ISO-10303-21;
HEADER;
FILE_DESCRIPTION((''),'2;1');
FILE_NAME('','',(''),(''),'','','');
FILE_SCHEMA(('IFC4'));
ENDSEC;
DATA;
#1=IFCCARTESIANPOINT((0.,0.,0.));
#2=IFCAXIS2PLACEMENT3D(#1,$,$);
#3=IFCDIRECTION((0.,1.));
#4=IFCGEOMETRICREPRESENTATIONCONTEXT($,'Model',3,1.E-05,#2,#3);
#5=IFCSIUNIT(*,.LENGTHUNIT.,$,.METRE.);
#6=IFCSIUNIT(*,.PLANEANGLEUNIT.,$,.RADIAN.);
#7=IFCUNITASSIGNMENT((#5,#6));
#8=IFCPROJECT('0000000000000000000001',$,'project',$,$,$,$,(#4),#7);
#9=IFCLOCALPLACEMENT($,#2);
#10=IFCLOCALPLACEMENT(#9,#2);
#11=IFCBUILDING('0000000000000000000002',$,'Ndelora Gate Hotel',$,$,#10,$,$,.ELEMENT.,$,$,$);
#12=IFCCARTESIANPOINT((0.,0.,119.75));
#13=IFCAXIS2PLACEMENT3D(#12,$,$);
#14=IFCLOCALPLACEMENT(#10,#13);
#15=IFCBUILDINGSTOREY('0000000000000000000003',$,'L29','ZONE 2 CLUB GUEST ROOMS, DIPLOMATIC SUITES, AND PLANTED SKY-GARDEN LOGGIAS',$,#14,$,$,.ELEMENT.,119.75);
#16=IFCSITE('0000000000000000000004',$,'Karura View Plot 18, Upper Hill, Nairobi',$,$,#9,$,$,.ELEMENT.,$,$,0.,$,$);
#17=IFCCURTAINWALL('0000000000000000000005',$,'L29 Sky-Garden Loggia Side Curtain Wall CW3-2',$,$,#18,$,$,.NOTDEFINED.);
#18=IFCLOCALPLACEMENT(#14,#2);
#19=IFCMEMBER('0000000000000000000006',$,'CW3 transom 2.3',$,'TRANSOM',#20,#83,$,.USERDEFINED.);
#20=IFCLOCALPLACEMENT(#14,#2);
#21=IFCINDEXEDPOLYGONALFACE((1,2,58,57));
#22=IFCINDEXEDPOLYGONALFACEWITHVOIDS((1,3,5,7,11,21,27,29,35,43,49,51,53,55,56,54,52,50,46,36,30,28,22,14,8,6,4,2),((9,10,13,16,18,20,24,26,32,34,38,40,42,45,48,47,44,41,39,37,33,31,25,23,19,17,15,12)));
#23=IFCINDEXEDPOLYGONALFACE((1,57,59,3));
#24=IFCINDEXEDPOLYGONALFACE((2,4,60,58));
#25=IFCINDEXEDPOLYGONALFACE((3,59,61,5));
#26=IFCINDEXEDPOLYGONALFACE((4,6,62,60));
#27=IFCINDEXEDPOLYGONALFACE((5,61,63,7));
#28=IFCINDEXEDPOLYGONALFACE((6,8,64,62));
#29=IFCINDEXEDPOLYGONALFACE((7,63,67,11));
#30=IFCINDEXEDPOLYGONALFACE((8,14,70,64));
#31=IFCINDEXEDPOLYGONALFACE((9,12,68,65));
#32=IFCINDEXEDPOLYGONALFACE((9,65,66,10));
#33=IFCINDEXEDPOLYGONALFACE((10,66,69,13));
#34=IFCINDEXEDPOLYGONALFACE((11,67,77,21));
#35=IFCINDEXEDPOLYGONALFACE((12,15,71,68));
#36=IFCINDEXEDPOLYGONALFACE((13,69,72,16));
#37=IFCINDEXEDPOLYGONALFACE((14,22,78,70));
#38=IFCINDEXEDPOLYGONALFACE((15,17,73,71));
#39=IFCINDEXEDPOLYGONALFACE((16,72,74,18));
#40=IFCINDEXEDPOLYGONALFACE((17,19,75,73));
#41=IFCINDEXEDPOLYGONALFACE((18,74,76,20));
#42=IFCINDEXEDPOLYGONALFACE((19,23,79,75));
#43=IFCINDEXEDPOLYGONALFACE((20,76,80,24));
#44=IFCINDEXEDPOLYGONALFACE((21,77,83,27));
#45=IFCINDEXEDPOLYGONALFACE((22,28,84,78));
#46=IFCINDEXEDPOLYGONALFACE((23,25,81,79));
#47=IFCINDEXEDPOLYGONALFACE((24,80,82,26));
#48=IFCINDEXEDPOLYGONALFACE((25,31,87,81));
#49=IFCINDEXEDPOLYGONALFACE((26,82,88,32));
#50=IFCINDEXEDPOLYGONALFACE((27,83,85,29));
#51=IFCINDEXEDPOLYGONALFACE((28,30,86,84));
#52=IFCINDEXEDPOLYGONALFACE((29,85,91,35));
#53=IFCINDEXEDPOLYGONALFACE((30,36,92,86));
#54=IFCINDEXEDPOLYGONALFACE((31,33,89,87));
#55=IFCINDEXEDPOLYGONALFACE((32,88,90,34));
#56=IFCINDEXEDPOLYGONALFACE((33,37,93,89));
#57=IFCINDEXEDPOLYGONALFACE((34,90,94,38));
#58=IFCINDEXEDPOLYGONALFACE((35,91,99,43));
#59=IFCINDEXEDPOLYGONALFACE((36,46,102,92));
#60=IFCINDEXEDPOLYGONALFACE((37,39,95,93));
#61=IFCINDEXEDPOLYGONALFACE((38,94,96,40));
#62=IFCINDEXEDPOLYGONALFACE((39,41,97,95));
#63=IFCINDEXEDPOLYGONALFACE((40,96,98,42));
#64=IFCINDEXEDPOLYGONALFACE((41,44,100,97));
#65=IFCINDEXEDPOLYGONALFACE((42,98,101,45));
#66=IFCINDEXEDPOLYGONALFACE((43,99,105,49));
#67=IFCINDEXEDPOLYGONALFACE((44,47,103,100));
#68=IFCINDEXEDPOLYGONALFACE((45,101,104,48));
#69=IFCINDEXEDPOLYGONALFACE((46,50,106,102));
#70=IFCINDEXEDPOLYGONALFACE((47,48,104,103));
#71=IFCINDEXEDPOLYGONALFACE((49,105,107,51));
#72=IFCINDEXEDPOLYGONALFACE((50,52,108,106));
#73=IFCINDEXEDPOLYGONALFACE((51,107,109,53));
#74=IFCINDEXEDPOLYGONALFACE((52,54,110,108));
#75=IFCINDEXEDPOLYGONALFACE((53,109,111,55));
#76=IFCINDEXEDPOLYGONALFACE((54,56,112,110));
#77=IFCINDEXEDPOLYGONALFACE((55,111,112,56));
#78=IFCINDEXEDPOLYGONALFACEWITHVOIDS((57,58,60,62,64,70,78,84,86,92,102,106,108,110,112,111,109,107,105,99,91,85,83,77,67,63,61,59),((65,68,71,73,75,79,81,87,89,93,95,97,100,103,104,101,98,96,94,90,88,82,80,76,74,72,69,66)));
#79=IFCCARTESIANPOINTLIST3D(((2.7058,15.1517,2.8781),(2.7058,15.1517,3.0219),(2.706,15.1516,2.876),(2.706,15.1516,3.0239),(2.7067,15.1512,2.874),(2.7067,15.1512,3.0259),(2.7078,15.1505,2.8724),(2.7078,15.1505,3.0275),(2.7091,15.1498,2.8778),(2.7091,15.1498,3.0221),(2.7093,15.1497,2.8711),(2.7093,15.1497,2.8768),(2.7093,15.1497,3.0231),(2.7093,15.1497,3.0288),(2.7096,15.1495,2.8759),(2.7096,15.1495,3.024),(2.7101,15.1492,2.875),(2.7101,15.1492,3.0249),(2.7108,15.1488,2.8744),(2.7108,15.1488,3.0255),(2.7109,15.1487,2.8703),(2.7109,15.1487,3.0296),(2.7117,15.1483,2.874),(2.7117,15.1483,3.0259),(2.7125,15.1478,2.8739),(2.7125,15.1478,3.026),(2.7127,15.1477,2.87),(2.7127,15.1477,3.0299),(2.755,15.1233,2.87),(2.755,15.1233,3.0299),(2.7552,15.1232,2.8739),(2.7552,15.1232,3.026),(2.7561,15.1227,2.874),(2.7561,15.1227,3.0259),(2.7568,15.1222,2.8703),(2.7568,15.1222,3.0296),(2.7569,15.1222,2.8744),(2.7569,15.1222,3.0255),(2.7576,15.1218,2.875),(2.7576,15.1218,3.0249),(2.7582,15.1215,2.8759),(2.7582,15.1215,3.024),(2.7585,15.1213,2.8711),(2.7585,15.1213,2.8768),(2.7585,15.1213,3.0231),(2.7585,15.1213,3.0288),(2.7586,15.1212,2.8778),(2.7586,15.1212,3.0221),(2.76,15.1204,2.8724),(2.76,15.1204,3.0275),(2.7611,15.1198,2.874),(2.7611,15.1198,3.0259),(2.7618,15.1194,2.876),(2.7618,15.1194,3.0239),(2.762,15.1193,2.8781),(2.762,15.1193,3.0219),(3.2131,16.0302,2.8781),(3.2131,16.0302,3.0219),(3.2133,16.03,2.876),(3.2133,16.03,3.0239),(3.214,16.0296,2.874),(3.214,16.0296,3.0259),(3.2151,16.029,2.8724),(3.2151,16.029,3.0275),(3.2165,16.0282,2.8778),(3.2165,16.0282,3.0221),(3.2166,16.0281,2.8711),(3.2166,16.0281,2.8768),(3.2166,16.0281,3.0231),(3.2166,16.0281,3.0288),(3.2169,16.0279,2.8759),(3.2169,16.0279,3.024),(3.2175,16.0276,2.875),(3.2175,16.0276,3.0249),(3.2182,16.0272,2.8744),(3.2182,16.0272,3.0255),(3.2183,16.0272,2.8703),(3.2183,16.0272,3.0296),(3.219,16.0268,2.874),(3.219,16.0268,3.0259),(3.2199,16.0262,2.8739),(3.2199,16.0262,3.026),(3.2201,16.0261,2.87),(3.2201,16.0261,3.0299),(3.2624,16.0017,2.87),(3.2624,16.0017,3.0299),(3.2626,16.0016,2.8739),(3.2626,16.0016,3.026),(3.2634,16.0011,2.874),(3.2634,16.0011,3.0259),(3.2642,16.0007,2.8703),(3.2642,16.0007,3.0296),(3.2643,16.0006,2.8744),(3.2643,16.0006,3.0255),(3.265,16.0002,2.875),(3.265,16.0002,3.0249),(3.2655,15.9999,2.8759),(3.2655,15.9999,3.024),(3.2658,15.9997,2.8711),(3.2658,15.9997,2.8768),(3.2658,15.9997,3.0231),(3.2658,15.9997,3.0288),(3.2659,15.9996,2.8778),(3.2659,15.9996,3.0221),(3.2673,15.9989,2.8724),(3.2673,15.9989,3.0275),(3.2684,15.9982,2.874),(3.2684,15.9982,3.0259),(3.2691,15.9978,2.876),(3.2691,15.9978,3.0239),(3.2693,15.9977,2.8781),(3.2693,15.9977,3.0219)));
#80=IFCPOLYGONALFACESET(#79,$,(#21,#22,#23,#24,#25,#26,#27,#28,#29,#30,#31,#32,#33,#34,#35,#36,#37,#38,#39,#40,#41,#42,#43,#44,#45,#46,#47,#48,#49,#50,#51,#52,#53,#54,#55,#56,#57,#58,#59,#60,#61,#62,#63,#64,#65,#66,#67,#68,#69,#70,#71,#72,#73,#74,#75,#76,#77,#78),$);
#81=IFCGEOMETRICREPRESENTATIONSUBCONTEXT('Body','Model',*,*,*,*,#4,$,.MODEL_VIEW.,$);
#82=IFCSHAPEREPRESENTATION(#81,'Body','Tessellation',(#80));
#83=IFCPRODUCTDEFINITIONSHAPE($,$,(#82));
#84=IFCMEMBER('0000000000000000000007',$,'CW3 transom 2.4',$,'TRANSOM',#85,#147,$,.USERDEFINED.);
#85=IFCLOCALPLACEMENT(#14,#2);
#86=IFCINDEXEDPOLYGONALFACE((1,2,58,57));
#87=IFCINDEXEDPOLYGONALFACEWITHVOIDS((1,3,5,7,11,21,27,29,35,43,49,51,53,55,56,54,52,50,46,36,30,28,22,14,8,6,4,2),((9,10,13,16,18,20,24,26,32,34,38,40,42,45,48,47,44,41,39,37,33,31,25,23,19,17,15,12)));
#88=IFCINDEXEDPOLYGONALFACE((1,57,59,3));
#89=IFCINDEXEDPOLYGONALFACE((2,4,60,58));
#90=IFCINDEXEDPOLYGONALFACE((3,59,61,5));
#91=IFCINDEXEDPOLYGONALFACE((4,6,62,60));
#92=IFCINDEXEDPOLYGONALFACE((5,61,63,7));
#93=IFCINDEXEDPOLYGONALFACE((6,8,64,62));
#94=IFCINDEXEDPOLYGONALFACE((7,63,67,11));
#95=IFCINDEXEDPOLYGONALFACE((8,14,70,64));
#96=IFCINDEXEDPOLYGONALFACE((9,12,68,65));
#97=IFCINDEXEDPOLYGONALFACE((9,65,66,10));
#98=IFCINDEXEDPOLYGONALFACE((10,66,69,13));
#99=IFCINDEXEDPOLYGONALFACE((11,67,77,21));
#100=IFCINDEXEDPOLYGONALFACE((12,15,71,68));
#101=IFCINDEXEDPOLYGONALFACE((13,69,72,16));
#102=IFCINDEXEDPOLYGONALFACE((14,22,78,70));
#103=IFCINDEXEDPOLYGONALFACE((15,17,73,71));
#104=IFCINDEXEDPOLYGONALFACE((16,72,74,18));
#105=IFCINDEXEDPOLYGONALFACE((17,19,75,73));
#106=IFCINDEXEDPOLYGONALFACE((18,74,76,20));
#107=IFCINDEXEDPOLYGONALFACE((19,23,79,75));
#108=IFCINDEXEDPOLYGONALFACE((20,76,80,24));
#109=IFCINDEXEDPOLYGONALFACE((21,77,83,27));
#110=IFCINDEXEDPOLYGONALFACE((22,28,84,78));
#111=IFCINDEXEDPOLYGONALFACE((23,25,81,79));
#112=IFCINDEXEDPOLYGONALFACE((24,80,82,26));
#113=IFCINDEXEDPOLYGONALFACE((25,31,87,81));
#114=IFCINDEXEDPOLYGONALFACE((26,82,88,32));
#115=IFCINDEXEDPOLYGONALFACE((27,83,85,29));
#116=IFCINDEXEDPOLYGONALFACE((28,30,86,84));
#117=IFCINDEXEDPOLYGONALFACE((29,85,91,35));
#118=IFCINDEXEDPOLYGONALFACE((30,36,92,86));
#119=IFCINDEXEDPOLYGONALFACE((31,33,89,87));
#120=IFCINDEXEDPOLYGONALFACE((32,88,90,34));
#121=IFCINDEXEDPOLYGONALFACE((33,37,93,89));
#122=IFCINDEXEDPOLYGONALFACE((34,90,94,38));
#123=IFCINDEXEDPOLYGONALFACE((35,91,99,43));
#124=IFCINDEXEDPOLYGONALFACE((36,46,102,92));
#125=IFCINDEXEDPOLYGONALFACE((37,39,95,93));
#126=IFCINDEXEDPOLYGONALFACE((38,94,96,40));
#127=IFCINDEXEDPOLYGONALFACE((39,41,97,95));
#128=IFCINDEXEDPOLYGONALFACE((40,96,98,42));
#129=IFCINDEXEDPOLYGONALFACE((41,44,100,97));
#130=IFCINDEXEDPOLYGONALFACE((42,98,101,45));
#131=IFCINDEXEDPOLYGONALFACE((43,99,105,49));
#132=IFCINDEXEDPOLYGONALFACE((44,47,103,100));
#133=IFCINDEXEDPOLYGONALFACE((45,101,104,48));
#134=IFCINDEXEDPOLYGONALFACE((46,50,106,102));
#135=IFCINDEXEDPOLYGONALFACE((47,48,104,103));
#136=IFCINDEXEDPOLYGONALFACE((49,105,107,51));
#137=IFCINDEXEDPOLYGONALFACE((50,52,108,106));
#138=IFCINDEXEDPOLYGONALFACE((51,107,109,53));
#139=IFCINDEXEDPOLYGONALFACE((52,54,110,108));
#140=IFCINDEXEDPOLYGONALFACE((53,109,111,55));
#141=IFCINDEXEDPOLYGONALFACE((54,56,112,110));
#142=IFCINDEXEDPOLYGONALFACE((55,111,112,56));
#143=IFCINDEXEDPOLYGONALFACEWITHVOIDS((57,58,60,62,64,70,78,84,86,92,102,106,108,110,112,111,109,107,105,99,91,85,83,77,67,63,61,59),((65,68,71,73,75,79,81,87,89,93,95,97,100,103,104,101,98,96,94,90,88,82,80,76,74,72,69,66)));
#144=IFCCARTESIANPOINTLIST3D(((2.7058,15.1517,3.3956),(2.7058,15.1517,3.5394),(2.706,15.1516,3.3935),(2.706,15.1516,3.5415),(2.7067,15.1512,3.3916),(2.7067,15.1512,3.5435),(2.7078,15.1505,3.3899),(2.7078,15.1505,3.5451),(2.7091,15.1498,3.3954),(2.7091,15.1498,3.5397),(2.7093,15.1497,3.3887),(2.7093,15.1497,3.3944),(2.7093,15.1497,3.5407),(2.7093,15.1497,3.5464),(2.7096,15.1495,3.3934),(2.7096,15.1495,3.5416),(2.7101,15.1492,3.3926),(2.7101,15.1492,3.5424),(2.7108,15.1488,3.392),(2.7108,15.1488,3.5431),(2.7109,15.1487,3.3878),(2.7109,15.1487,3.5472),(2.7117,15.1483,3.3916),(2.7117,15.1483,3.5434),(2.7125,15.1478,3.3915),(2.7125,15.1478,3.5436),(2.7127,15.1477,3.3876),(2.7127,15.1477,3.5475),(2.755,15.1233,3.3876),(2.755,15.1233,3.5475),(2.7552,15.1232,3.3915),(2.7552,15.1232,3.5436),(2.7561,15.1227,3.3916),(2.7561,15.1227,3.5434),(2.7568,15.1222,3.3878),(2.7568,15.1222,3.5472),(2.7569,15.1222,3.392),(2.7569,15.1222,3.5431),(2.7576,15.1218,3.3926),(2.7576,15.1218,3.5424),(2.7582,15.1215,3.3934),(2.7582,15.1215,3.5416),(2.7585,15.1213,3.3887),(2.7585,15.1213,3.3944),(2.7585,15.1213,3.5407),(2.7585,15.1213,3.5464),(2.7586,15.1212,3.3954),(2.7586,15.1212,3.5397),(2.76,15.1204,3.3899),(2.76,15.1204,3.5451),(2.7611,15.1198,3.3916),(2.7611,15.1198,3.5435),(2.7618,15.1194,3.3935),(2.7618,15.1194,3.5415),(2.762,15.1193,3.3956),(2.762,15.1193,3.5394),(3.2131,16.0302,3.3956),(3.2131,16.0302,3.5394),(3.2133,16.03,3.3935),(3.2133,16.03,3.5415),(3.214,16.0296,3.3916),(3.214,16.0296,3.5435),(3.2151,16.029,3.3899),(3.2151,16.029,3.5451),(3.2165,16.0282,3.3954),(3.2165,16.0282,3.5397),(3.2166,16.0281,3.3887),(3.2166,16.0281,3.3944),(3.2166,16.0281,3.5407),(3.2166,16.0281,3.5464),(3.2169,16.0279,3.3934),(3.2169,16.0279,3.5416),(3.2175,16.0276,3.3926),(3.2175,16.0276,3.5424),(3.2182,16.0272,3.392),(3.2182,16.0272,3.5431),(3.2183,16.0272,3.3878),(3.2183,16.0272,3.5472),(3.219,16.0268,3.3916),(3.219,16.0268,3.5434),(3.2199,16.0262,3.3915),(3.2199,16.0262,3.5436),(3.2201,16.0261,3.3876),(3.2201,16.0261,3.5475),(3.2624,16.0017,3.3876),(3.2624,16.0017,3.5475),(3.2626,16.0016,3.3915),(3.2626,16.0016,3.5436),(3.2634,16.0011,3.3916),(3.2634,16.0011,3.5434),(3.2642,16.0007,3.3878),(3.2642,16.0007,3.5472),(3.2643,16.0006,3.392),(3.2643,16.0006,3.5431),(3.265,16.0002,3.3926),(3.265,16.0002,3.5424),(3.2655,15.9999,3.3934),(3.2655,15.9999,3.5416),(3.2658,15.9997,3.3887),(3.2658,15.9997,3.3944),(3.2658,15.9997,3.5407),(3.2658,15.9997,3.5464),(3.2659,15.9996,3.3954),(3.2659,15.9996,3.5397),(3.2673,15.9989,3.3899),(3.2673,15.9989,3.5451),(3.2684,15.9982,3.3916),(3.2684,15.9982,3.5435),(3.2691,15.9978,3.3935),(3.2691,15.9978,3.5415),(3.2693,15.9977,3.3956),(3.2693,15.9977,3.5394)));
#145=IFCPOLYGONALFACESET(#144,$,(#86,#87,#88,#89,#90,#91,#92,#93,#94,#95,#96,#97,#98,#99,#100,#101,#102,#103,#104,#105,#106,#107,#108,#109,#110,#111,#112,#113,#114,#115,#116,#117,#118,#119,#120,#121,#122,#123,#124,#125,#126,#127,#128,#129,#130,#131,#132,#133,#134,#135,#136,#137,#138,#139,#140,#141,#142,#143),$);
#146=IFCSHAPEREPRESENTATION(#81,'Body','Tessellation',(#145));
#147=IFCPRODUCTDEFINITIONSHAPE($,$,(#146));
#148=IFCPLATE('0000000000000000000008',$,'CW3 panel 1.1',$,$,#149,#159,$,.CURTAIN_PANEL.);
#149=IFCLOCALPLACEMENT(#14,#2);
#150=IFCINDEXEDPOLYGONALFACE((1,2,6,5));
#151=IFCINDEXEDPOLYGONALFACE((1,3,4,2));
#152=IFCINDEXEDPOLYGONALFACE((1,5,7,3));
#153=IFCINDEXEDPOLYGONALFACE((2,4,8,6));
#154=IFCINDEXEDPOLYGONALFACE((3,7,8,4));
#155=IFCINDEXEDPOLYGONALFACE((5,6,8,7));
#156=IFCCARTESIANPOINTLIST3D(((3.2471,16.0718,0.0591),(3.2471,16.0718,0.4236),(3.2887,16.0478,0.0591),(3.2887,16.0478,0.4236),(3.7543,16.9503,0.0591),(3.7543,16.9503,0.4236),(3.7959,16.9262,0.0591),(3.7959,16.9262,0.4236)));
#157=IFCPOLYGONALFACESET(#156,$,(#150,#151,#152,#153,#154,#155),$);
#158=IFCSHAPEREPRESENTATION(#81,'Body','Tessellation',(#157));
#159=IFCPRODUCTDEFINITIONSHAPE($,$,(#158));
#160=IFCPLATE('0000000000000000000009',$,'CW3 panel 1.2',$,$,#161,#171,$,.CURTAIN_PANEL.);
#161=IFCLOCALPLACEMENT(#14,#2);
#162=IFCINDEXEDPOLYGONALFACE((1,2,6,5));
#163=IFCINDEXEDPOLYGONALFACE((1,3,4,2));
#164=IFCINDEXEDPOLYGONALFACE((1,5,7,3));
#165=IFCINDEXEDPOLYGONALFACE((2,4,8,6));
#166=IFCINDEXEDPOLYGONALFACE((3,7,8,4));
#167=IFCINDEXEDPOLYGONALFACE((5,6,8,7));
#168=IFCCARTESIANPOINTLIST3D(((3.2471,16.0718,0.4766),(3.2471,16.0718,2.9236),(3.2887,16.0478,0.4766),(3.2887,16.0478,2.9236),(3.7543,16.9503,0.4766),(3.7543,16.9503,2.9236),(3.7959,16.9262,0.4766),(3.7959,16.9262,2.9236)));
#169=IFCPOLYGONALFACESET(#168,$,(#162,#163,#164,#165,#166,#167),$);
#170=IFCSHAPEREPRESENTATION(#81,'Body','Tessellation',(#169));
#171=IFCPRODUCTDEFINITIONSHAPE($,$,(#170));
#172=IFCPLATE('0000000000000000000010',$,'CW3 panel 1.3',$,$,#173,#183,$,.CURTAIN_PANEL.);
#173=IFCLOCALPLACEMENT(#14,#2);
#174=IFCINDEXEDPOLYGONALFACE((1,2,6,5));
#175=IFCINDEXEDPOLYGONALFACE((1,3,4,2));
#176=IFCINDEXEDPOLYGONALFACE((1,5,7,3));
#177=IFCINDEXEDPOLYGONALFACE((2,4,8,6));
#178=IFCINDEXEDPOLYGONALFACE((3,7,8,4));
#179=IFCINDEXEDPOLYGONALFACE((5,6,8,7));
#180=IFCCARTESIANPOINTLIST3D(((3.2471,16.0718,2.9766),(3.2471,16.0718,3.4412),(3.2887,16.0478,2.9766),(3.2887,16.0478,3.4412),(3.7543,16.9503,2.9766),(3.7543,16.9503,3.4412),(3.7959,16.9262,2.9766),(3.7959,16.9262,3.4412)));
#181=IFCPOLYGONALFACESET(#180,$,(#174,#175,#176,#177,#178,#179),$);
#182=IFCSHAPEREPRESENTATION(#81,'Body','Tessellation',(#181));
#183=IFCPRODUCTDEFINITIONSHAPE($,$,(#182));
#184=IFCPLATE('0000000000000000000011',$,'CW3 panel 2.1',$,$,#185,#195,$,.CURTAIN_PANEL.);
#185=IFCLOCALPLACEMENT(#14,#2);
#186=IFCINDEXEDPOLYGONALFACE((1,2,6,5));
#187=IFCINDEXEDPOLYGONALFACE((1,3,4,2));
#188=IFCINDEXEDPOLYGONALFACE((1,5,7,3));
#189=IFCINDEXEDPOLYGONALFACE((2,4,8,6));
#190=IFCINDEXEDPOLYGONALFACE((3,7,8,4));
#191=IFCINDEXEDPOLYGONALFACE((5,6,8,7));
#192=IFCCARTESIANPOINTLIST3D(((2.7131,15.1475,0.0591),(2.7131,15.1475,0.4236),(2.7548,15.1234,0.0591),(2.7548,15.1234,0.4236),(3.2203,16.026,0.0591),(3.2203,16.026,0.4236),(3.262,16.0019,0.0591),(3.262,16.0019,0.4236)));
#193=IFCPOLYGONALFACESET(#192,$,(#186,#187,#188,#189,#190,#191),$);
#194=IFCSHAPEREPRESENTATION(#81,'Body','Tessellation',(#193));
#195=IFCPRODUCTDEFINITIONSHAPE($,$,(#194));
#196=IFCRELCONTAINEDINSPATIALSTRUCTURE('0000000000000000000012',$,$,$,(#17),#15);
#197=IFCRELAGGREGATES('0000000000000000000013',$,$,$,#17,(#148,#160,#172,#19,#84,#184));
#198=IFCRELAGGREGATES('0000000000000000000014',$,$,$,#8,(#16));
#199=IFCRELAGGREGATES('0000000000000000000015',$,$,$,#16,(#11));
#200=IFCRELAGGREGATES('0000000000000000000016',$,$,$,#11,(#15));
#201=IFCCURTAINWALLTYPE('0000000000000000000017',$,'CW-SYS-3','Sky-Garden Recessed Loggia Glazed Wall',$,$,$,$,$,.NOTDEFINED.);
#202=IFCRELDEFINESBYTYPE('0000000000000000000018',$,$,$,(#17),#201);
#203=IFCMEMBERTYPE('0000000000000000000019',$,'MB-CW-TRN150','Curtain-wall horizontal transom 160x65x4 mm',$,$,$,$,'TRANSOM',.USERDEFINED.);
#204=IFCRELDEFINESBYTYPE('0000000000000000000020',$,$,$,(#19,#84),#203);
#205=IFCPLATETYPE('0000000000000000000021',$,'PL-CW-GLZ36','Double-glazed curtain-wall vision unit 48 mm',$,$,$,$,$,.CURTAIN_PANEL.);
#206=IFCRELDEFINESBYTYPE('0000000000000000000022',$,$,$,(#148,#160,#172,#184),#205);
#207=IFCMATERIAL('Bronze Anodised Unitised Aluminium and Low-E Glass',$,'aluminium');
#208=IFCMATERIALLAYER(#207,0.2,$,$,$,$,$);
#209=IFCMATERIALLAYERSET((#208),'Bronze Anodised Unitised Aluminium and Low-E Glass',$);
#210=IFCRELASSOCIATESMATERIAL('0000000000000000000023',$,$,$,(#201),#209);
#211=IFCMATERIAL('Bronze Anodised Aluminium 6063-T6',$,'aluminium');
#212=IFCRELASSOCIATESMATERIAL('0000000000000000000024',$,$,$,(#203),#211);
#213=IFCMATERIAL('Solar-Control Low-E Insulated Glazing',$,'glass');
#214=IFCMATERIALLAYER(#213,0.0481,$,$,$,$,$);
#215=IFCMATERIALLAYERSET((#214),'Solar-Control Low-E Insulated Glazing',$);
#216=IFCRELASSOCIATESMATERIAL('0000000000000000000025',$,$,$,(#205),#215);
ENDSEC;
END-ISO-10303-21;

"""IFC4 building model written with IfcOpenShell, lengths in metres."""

from ifc_helpers import new_model, si_unit, direction, frame, origin, origin_2d, place, context, subcontext, project, spatial, rectangle, hollow_rectangle, extrude, material, layer, layer_set, material_profile, profile_set, type_object, element, aggregate, save


model = new_model("IFC4")

# Units and contexts
model_context = context("Model", 3, precision=1e-05, world=origin(), true_north=direction((0.0, 1.0)))
body_context = subcontext(model_context, "Body", "Model", "MODEL_VIEW")
ifc_project = project(units=[si_unit("LENGTHUNIT", "METRE"), si_unit("PLANEANGLEUNIT", "RADIAN")], contexts=[model_context])

# Site, building, storey
site_placement = place(None, origin())
site = spatial("IfcSite", under=ifc_project, at=site_placement, Name="Karura View Plot 18, Upper Hill, Nairobi", CompositionType="ELEMENT", RefElevation=0.0)
building_placement = place(site_placement, origin())
building = spatial("IfcBuilding", under=site, at=building_placement, Name="Ndelora Gate Hotel", CompositionType="ELEMENT")
storey_placement = place(building_placement, frame((0.0, 0.0, 119.75)))
storey = spatial("IfcBuildingStorey", under=building, at=storey_placement, Name="L29", Description="ZONE 2 CLUB GUEST ROOMS, DIPLOMATIC SUITES, AND PLANTED SKY-GARDEN LOGGIAS", CompositionType="ELEMENT", Elevation=119.75)

# Curtain wall, members, plates
ifc_material_1 = material(Name="Bronze Anodised Unitised Aluminium and Low-E Glass", Category="aluminium")
ifc_layer_1 = layer(ifc_material_1, 0.2)
ifc_layer_set_1 = layer_set([ifc_layer_1], Name="Bronze Anodised Unitised Aluminium and Low-E Glass")
curtain_wall_type = type_object("IfcCurtainWallType", Name="CW-SYS-3", Description="Sky-Garden Recessed Loggia Glazed Wall", PredefinedType="NOTDEFINED", material=ifc_layer_set_1)
curtain_wall_placement = place(storey_placement, origin())
curtain_wall = element("IfcCurtainWall", 1, at=curtain_wall_placement, inside=storey, type_object=curtain_wall_type, Name="L29 Sky-Garden Loggia Side Curtain Wall CW3-2", PredefinedType="NOTDEFINED")
ifc_material_2 = material(Name="Bronze Anodised Aluminium 6063-T6", Category="aluminium")
ifc_material_profile_1 = material_profile(ifc_material_2, hollow_rectangle(XDim=0.0649, YDim=0.1599, WallThickness=0.0039, InnerFilletRadius=0.0039, OuterFilletRadius=0.0081, at=origin_2d()), Name="ALU 160x65x4")
ifc_profile_set_1 = profile_set([ifc_material_profile_1], Name="Bronze Anodised Aluminium 6063-T6")
member_type_1 = type_object("IfcMemberType", Name="MB-CW-TRN150", Description="Curtain-wall horizontal transom 160x65x4 mm", ElementType="TRANSOM", PredefinedType="USERDEFINED", material=ifc_profile_set_1)
member_1_placement = place(storey_placement, frame((3.2412, 16.0139, 2.95), z_axis=(-0.500125, -0.865953, 0.0), x_axis=(0.865953, -0.500125, 0.0)))
member_1 = element("IfcMember", 2, at=member_1_placement, type_object=member_type_1, Name="CW3 transom 2.3", ObjectType="TRANSOM", PredefinedType="USERDEFINED", context=body_context, shape_type="SweptSolid", body=[
    extrude(hollow_rectangle(XDim=0.0649, YDim=0.1599, WallThickness=0.0039, InnerFilletRadius=0.0039, OuterFilletRadius=0.0081, at=origin_2d()), origin(), (0.0, 0.0, 1.0), 1.0144),
])
member_2_placement = place(storey_placement, frame((3.2412, 16.0139, 3.4675), z_axis=(-0.500125, -0.865953, 0.0), x_axis=(0.865953, -0.500125, 0.0)))
member_2 = element("IfcMember", 3, at=member_2_placement, type_object=member_type_1, Name="CW3 transom 2.4", ObjectType="TRANSOM", PredefinedType="USERDEFINED", context=body_context, shape_type="SweptSolid", body=[
    extrude(hollow_rectangle(XDim=0.0649, YDim=0.1599, WallThickness=0.0039, InnerFilletRadius=0.0039, OuterFilletRadius=0.0081, at=origin_2d()), origin(), (0.0, 0.0, 1.0), 1.0144),
])
ifc_material_3 = material(Name="Solar-Control Low-E Insulated Glazing", Category="glass")
ifc_layer_2 = layer(ifc_material_3, 0.0481)
ifc_layer_set_2 = layer_set([ifc_layer_2], Name="Solar-Control Low-E Insulated Glazing")
plate_type = type_object("IfcPlateType", Name="PL-CW-GLZ36", Description="Double-glazed curtain-wall vision unit 48 mm", PredefinedType="CURTAIN_PANEL", material=ifc_layer_set_2)
plate_1_placement = place(storey_placement, frame((3.5215, 16.499, 0.0591), z_axis=(0.0, 0.0, 1.0), x_axis=(-0.500011, -0.866019, 0.0)))
plate_1 = element("IfcPlate", 4, at=plate_1_placement, type_object=plate_type, Name="CW3 panel 1.1", PredefinedType="CURTAIN_PANEL", context=body_context, shape_type="SweptSolid", body=[
    extrude(rectangle(XDim=1.0144, YDim=0.0481, at=origin_2d()), origin(), (0.0, 0.0, 1.0), 0.3645),
])
plate_2_placement = place(storey_placement, frame((3.5215, 16.499, 0.4766), z_axis=(0.0, 0.0, 1.0), x_axis=(-0.500011, -0.866019, 0.0)))
plate_2 = element("IfcPlate", 5, at=plate_2_placement, type_object=plate_type, Name="CW3 panel 1.2", PredefinedType="CURTAIN_PANEL", context=body_context, shape_type="SweptSolid", body=[
    extrude(rectangle(XDim=1.0144, YDim=0.0481, at=origin_2d()), origin(), (0.0, 0.0, 1.0), 2.447),
])
plate_3_placement = place(storey_placement, frame((3.5215, 16.499, 2.9766), z_axis=(0.0, 0.0, 1.0), x_axis=(-0.500011, -0.866019, 0.0)))
plate_3 = element("IfcPlate", 6, at=plate_3_placement, type_object=plate_type, Name="CW3 panel 1.3", PredefinedType="CURTAIN_PANEL", context=body_context, shape_type="SweptSolid", body=[
    extrude(rectangle(XDim=1.0144, YDim=0.0481, at=origin_2d()), origin(), (0.0, 0.0, 1.0), 0.4646),
])
plate_4_placement = place(storey_placement, frame((2.9875, 15.5747, 0.0591), z_axis=(0.0, 0.0, 1.0), x_axis=(-0.500011, -0.866019, 0.0)))
plate_4 = element("IfcPlate", 7, at=plate_4_placement, type_object=plate_type, Name="CW3 panel 2.1", PredefinedType="CURTAIN_PANEL", context=body_context, shape_type="SweptSolid", body=[
    extrude(rectangle(XDim=1.0144, YDim=0.0481, at=origin_2d()), origin(), (0.0, 0.0, 1.0), 0.3645),
])
aggregate(curtain_wall, [plate_1, plate_2, plate_3, member_1, member_2, plate_4])

save(model, "model.ifc")
